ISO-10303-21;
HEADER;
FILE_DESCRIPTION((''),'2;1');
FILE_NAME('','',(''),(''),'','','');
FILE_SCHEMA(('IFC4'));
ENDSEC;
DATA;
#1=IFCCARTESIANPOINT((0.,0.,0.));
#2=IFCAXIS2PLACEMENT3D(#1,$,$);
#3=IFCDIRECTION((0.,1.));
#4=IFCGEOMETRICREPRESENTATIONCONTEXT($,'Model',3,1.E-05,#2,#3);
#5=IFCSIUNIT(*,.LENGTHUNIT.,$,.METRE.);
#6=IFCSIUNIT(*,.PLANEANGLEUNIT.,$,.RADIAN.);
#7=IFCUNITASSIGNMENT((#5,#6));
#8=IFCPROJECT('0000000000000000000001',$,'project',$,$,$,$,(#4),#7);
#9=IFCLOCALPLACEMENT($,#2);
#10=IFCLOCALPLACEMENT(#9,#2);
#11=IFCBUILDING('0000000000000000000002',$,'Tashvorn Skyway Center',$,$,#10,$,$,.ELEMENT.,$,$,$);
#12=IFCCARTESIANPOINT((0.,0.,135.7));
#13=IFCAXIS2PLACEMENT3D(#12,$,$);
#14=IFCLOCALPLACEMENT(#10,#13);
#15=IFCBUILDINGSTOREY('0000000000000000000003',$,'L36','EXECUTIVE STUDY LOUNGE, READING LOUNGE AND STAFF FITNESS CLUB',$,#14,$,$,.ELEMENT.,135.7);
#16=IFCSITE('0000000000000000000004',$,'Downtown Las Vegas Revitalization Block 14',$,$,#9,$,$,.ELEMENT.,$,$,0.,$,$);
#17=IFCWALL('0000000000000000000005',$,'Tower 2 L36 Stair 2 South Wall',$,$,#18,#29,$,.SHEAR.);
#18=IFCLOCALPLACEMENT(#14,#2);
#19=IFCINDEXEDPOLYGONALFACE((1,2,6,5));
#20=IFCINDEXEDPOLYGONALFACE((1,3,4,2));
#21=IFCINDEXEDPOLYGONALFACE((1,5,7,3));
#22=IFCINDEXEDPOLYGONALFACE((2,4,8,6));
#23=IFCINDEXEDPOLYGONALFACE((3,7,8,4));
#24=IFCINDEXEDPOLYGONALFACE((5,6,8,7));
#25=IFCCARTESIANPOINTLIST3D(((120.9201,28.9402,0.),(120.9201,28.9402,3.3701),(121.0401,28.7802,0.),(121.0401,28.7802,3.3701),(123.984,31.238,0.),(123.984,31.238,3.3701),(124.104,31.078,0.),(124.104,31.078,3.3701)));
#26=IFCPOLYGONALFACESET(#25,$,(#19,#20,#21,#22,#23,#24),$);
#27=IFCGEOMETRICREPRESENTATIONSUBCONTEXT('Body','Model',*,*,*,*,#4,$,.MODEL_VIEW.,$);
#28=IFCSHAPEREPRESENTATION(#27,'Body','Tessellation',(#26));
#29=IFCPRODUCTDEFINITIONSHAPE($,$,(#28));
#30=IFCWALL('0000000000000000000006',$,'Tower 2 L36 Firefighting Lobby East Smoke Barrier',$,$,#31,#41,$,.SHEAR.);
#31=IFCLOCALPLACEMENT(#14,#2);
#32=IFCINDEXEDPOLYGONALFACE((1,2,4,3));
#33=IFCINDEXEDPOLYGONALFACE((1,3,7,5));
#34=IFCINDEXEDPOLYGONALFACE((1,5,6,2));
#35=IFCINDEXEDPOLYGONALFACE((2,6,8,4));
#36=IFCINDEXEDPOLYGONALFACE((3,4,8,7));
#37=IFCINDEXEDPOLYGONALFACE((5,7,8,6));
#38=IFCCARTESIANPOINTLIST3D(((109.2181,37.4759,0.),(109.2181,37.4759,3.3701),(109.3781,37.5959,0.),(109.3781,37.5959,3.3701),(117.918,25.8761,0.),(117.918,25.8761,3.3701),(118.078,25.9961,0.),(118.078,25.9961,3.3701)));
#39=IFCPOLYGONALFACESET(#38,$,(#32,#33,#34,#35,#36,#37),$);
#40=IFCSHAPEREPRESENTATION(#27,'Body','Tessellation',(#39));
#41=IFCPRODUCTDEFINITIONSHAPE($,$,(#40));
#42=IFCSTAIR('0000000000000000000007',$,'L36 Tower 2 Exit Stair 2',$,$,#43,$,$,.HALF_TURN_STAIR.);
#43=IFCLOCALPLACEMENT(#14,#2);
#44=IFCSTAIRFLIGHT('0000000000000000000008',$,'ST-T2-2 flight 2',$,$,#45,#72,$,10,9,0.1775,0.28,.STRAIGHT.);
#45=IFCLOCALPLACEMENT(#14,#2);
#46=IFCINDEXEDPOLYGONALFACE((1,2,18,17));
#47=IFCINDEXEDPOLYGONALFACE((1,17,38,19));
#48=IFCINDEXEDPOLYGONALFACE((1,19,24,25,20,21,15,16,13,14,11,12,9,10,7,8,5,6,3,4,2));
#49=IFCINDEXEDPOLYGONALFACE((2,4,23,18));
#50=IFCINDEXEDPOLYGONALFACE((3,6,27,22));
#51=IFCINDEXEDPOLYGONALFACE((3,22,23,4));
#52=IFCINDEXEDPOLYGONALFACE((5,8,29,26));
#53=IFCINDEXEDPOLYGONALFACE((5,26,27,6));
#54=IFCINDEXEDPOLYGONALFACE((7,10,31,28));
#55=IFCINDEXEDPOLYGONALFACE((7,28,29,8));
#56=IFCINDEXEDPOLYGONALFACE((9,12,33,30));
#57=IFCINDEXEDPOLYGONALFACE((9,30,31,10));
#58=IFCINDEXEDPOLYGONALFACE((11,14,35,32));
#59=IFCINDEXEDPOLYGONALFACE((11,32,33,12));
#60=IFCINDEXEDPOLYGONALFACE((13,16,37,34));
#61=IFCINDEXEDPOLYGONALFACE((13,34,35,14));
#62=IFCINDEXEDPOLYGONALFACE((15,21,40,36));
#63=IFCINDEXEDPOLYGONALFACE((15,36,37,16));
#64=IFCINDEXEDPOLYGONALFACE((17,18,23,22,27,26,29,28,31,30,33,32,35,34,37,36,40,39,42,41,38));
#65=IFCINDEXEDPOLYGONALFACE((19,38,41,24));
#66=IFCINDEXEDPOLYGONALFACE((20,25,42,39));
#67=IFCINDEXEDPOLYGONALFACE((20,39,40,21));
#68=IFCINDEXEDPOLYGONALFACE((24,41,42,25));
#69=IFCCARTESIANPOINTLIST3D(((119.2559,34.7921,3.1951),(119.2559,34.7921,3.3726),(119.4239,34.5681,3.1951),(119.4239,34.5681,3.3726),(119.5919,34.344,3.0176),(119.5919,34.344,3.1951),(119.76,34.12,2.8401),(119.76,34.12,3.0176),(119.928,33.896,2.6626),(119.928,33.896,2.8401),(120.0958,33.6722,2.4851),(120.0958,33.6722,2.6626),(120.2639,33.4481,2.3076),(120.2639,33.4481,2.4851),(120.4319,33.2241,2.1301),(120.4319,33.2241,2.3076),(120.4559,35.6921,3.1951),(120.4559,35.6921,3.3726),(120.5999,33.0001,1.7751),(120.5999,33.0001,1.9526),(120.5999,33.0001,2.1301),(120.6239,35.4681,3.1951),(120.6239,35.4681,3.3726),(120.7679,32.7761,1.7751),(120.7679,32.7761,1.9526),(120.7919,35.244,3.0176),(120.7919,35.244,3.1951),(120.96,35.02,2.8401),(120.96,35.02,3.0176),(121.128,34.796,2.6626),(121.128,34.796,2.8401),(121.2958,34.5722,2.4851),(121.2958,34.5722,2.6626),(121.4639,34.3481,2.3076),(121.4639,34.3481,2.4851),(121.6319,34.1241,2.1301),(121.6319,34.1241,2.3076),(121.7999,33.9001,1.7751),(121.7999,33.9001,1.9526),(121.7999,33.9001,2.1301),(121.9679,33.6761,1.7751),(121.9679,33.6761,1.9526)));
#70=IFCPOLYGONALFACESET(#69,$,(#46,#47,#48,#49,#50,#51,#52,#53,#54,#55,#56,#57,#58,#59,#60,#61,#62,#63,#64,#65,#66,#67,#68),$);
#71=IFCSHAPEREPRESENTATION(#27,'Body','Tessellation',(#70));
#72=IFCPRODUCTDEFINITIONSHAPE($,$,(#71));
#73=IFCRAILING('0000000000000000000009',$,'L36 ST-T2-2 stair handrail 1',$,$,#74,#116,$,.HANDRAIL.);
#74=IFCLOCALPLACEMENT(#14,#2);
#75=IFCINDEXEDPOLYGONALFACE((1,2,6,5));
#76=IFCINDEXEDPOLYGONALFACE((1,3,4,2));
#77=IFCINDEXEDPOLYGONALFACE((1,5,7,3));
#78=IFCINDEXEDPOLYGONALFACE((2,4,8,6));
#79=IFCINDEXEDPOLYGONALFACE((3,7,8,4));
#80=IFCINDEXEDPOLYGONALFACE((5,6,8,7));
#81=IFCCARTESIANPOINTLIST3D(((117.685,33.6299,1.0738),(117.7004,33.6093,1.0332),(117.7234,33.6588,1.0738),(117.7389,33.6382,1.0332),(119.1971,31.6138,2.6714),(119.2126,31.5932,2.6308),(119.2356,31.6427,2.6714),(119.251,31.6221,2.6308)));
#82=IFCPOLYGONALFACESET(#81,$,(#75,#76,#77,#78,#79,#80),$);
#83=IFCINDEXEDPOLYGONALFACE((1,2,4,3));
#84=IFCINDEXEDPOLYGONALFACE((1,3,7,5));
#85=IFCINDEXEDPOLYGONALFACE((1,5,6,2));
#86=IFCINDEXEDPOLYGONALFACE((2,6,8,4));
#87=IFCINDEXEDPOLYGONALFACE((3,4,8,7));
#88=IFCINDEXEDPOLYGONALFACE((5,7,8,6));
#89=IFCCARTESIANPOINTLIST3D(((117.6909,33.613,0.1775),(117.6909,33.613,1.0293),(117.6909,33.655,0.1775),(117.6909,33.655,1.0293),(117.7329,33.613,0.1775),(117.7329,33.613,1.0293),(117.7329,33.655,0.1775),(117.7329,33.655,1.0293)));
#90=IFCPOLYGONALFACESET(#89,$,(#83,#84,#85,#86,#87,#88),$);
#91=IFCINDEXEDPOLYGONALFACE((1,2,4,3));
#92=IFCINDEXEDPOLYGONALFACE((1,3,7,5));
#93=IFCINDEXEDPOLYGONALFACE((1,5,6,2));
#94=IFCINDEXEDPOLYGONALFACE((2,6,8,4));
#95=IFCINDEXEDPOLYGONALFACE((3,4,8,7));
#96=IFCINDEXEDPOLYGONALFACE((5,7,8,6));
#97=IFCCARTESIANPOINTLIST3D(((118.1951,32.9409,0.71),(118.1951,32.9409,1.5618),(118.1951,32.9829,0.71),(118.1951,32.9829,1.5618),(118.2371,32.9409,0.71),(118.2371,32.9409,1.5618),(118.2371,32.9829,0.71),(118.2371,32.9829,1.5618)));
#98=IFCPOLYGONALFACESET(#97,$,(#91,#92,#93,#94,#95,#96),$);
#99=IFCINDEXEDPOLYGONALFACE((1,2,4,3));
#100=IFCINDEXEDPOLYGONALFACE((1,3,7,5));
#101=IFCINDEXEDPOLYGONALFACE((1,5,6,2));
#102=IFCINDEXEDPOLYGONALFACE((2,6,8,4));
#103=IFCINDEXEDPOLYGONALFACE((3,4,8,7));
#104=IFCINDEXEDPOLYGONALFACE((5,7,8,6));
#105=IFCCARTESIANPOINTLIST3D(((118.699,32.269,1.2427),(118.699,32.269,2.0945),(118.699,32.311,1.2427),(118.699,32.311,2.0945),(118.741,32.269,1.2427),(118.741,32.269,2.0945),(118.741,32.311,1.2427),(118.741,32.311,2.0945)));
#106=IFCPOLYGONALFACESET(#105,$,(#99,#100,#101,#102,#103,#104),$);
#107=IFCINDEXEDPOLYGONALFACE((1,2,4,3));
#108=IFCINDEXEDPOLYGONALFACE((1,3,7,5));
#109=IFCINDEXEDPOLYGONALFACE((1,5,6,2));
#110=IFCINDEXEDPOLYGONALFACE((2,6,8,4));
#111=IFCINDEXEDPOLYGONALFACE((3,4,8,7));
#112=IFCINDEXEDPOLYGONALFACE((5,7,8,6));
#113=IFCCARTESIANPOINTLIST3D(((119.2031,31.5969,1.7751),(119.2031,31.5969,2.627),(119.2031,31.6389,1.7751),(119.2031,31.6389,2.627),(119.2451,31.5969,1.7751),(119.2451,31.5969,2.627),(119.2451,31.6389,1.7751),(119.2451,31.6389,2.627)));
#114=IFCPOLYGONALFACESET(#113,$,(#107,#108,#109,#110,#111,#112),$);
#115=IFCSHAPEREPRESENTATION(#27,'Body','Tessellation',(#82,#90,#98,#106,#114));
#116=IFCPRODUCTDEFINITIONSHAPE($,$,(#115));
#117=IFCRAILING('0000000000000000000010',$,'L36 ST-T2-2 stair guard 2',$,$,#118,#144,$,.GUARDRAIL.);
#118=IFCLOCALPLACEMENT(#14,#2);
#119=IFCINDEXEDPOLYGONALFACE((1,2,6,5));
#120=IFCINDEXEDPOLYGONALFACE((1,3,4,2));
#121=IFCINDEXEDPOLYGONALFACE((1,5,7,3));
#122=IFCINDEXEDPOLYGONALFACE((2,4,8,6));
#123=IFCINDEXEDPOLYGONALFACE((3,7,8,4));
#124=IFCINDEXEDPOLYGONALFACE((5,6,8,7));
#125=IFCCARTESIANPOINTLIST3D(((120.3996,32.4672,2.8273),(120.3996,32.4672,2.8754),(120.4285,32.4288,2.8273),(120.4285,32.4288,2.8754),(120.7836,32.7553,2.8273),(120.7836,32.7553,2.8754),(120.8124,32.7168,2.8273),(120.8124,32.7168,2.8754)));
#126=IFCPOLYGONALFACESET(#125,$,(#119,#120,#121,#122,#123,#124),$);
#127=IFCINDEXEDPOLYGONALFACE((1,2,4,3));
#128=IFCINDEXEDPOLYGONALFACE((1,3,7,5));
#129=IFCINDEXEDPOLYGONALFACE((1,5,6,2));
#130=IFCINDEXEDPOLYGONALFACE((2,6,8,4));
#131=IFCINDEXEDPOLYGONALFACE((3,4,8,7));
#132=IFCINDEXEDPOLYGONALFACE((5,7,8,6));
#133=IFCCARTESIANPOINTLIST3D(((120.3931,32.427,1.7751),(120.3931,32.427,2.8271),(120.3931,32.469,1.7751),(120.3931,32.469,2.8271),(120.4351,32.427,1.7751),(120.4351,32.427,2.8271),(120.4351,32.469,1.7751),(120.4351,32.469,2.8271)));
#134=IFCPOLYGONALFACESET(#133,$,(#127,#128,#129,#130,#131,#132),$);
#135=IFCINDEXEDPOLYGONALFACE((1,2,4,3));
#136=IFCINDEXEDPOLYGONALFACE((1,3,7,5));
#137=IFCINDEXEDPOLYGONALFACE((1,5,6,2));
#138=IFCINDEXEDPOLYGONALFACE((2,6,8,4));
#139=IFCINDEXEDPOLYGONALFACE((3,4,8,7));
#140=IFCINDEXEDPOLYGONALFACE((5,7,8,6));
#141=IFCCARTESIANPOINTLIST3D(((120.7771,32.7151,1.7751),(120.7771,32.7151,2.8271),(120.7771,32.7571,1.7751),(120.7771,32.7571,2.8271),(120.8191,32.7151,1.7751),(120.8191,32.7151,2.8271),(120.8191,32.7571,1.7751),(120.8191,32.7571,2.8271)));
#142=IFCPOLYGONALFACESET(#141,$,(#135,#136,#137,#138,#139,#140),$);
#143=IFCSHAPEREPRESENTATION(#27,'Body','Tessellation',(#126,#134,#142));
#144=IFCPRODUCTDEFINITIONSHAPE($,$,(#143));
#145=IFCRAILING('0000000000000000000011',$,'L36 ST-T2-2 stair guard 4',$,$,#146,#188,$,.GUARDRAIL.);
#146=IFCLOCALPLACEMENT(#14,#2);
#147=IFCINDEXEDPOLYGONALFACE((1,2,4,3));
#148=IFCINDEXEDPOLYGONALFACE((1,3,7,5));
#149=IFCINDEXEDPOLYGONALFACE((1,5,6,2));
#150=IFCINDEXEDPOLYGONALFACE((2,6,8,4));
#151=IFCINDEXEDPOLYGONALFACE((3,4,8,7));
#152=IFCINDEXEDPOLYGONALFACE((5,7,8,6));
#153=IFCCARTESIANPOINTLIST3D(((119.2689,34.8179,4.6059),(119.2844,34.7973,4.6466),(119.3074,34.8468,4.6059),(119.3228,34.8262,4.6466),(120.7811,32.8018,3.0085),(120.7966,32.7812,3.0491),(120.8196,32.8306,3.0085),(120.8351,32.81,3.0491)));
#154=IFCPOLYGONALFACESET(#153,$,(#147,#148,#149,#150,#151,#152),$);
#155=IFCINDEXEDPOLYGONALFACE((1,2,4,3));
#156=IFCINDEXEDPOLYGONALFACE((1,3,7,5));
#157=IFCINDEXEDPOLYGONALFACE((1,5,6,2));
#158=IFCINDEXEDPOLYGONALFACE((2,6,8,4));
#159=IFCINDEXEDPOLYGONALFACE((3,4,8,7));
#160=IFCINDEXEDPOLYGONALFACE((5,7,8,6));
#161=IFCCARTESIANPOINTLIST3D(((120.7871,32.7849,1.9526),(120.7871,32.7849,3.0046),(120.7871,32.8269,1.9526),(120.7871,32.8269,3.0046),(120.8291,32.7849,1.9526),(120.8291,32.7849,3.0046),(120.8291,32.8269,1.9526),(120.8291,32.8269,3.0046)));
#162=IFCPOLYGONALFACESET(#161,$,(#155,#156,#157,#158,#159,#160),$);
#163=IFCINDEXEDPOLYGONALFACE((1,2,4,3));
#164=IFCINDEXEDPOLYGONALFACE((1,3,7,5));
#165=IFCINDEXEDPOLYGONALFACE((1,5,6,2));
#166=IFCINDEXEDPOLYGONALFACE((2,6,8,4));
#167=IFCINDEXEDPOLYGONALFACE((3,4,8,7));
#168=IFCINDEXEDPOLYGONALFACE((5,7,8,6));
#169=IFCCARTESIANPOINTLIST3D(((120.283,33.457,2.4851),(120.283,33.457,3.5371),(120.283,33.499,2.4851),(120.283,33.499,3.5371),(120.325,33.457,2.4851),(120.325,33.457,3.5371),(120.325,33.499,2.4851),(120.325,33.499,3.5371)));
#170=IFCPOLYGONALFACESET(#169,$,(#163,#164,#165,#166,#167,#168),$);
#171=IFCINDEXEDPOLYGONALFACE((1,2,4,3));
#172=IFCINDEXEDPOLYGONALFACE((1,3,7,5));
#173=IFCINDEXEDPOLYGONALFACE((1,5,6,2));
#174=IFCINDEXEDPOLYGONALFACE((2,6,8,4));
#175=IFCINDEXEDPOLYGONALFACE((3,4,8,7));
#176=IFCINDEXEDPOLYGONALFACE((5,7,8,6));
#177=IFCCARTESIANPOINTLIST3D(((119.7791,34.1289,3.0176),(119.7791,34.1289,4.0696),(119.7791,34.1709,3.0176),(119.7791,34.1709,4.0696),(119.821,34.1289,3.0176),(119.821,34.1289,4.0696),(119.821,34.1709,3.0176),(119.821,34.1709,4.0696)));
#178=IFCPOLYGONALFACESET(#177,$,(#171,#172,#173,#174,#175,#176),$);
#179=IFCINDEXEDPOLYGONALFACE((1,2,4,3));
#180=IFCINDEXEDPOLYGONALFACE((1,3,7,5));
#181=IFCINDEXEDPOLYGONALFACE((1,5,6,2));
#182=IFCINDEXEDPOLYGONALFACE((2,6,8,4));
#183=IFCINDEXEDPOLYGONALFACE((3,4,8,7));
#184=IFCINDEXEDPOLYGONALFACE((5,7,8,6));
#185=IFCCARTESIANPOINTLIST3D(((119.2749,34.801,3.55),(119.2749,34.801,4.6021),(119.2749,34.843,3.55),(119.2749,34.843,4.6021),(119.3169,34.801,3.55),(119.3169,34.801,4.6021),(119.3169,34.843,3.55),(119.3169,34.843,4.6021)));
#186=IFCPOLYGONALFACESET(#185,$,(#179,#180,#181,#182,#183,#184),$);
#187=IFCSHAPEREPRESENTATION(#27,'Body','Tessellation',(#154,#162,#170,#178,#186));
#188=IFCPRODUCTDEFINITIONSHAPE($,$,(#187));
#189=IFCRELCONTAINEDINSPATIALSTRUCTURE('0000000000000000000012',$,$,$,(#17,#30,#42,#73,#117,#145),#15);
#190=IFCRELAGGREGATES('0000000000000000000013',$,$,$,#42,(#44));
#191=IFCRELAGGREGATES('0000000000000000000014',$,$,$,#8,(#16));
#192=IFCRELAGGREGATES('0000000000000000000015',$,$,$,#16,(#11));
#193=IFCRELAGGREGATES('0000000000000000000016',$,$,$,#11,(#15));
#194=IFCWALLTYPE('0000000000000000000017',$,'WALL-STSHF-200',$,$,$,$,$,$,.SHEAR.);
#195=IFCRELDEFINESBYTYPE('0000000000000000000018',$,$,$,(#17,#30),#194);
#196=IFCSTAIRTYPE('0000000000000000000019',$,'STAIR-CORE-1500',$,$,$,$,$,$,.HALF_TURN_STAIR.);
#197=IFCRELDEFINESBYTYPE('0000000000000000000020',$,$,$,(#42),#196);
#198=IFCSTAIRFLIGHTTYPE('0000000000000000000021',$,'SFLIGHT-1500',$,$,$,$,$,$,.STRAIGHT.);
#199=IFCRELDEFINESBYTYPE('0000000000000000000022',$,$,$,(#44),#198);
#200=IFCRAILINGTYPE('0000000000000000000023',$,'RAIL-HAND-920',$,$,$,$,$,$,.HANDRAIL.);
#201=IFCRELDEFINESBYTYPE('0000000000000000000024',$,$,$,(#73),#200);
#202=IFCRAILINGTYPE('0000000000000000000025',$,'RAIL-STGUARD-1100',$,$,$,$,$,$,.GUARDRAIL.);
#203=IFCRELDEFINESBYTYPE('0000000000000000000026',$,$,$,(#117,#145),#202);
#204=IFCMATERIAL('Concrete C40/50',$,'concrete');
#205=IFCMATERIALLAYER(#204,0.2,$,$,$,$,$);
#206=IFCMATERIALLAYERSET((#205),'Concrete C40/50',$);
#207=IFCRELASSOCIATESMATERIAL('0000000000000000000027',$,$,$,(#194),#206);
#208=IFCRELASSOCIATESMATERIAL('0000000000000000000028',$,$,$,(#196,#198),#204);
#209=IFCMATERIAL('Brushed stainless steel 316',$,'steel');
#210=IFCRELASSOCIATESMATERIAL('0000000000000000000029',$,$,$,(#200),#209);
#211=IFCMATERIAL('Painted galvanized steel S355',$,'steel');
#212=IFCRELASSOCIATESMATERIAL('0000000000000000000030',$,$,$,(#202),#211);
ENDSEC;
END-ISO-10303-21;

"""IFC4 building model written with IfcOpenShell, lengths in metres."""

from ifc_helpers import new_model, si_unit, direction, frame, frame_2d, origin, origin_2d, place, context, subcontext, project, spatial, polyline, rectangle, outline, extrude, material, layer, layer_set, type_object, element, aggregate, save


model = new_model("IFC4")

# Units and contexts
model_context = context("Model", 3, precision=1e-05, world=origin(), true_north=direction((0.0, 1.0)))
body_context = subcontext(model_context, "Body", "Model", "MODEL_VIEW")
ifc_project = project(units=[si_unit("LENGTHUNIT", "METRE"), si_unit("PLANEANGLEUNIT", "RADIAN")], contexts=[model_context])

# Site, building, storey
site_placement = place(None, origin())
site = spatial("IfcSite", under=ifc_project, at=site_placement, Name="Downtown Las Vegas Revitalization Block 14", CompositionType="ELEMENT", RefElevation=0.0)
building_placement = place(site_placement, origin())
building = spatial("IfcBuilding", under=site, at=building_placement, Name="Tashvorn Skyway Center", CompositionType="ELEMENT")
storey_placement = place(building_placement, frame((0.0, 0.0, 135.7)))
storey = spatial("IfcBuildingStorey", under=building, at=storey_placement, Name="L36", Description="EXECUTIVE STUDY LOUNGE, READING LOUNGE AND STAFF FITNESS CLUB", CompositionType="ELEMENT", Elevation=135.7)

# Shared definitions
ifc_material_1 = material(Name="Concrete C40/50", Category="concrete")

# Walls
ifc_layer_1 = layer(ifc_material_1, 0.2)
ifc_layer_set_1 = layer_set([ifc_layer_1], Name="Concrete C40/50")
wall_type_1 = type_object("IfcWallType", Name="WALL-STSHF-200", PredefinedType="SHEAR", material=ifc_layer_set_1)
wall_1_placement = place(storey_placement, frame((120.98, 28.8601, 0.0), z_axis=(0.0, 0.0, 1.0), x_axis=(0.800015, 0.59998, 0.0)))
element("IfcWall", 1, at=wall_1_placement, inside=storey, type_object=wall_type_1, Name="Tower 2 L36 Stair 2 South Wall", PredefinedType="SHEAR", context=body_context, shape_type="SweptSolid", body=[
    extrude(rectangle(XDim=3.8298, YDim=0.2, at=frame_2d((1.915, 0.0))), origin(), (0.0, 0.0, 1.0), 3.3701),
])
wall_2_placement = place(storey_placement, frame((117.998, 25.936, 0.0), z_axis=(0.0, 0.0, 1.0), x_axis=(-0.600003, 0.799998, 0.0)))
element("IfcWall", 2, at=wall_2_placement, inside=storey, type_object=wall_type_1, Name="Tower 2 L36 Firefighting Lobby East Smoke Barrier", PredefinedType="SHEAR", context=body_context, shape_type="SweptSolid", body=[
    extrude(rectangle(XDim=14.4998, YDim=0.2, at=frame_2d((7.25, 0.0))), origin(), (0.0, 0.0, 1.0), 3.3701),
])

# Stair, stair flight
stair_type = type_object("IfcStairType", Name="STAIR-CORE-1500", PredefinedType="HALF_TURN_STAIR", material=ifc_material_1)
stair_placement = place(storey_placement, origin())
stair = element("IfcStair", 3, at=stair_placement, inside=storey, type_object=stair_type, Name="L36 Tower 2 Exit Stair 2", PredefinedType="HALF_TURN_STAIR")
stair_flight_type = type_object("IfcStairFlightType", Name="SFLIGHT-1500", PredefinedType="STRAIGHT", material=ifc_material_1)
stair_flight_placement = place(storey_placement, frame((121.3679, 33.2261, 1.7751), z_axis=(0.0, 0.0, 1.0), x_axis=(-0.6, 0.8, 0.0)))
stair_flight = element("IfcStairFlight", 4, at=stair_flight_placement, type_object=stair_flight_type, Name="ST-T2-2 flight 2", NumberOfRisers=10, NumberOfTreads=9, PredefinedType="STRAIGHT", RiserHeight=0.1775, TreadLength=0.28, context=body_context, shape_type="SweptSolid", body=[
    extrude(outline(polyline([(0.0, 0.0), (0.0, 0.1775), (0.28, 0.1775), (0.28, 0.355), (0.5601, 0.355), (0.5601, 0.5325), (0.8401, 0.5325), (0.8401, 0.71), (1.1201, 0.71), (1.1201, 0.8875), (1.3999, 0.8875), (1.3999, 1.0649), (1.6799, 1.0649), (1.6799, 1.2424), (1.96, 1.2424), (1.96, 1.4199), (2.24, 1.4199), (2.24, 1.5974), (2.52, 1.5974), (2.52, 1.7749), (2.52, 1.4199), (0.28, 0.0), (0.0, 0.0)])), frame((0.0, 0.75, 0.0), z_axis=(0.0, -1.0, 0.0), x_axis=(1.0, 0.0, 0.0)), (0.0, 0.0, 1.0), 1.5),
])
aggregate(stair, [stair_flight])

# Railings
ifc_material_2 = material(Name="Brushed stainless steel 316", Category="steel")
railing_type_1 = type_object("IfcRailingType", Name="RAIL-HAND-920", PredefinedType="HANDRAIL", material=ifc_material_2)
railing_1_placement = place(storey_placement, frame((117.7119, 33.634, 0.1775)))
element("IfcRailing", 5, at=railing_1_placement, inside=storey, type_object=railing_type_1, Name="L36 ST-T2-2 stair handrail 1", PredefinedType="HANDRAIL", context=body_context, shape_type="SweptSolid", body=[
    extrude(rectangle(XDim=0.0481, YDim=0.0481, at=origin_2d()), frame((0.0, 0.0, 0.876), z_axis=(0.506779, -0.675651, 0.535416), x_axis=(0.799977, 0.600031, 0.0)), (0.0, 0.0, 1.0), 2.9839),
    extrude(rectangle(XDim=0.042, YDim=0.042, at=origin_2d()), origin(), (0.0, 0.0, 1.0), 0.8518),
    extrude(rectangle(XDim=0.042, YDim=0.042, at=origin_2d()), frame((0.5042, -0.6721, 0.5325)), (0.0, 0.0, 1.0), 0.8518),
    extrude(rectangle(XDim=0.042, YDim=0.042, at=origin_2d()), frame((1.0081, -1.344, 1.0652)), (0.0, 0.0, 1.0), 0.8518),
    extrude(rectangle(XDim=0.042, YDim=0.042, at=origin_2d()), frame((1.5122, -2.0161, 1.5977)), (0.0, 0.0, 1.0), 0.8518),
])
ifc_material_3 = material(Name="Painted galvanized steel S355", Category="steel")
railing_type_2 = type_object("IfcRailingType", Name="RAIL-STGUARD-1100", PredefinedType="GUARDRAIL", material=ifc_material_3)
railing_2_placement = place(storey_placement, frame((120.4141, 32.448, 1.7751)))
element("IfcRailing", 6, at=railing_2_placement, inside=storey, type_object=railing_type_2, Name="L36 ST-T2-2 stair guard 2", PredefinedType="GUARDRAIL", context=body_context, shape_type="SweptSolid", body=[
    extrude(rectangle(XDim=0.0481, YDim=0.0481, at=origin_2d()), frame((0.0, 0.0, 1.0762), z_axis=(0.799939, 0.600081, 0.0), x_axis=(-0.600081, 0.799939, 0.0)), (0.0, 0.0, 1.0), 0.48),
    extrude(rectangle(XDim=0.042, YDim=0.042, at=origin_2d()), origin(), (0.0, 0.0, 1.0), 1.052),
    extrude(rectangle(XDim=0.042, YDim=0.042, at=origin_2d()), frame((0.384, 0.2881, 0.0)), (0.0, 0.0, 1.0), 1.052),
])
railing_3_placement = place(storey_placement, frame((120.8081, 32.8059, 1.9526)))
element("IfcRailing", 7, at=railing_3_placement, inside=storey, type_object=railing_type_2, Name="L36 ST-T2-2 stair guard 4", PredefinedType="GUARDRAIL", context=body_context, shape_type="SweptSolid", body=[
    extrude(rectangle(XDim=0.0481, YDim=0.0481, at=origin_2d()), frame((0.0, 0.0, 1.0762), z_axis=(-0.506802, 0.675681, 0.535357), x_axis=(-0.799977, -0.600031, 0.0)), (0.0, 0.0, 1.0), 2.9839),
    extrude(rectangle(XDim=0.042, YDim=0.042, at=origin_2d()), origin(), (0.0, 0.0, 1.0), 1.052),
    extrude(rectangle(XDim=0.042, YDim=0.042, at=origin_2d()), frame((-0.5042, 0.6721, 0.5325)), (0.0, 0.0, 1.0), 1.052),
    extrude(rectangle(XDim=0.042, YDim=0.042, at=origin_2d()), frame((-1.0081, 1.344, 1.0649)), (0.0, 0.0, 1.0), 1.052),
    extrude(rectangle(XDim=0.042, YDim=0.042, at=origin_2d()), frame((-1.5122, 2.0161, 1.5974)), (0.0, 0.0, 1.0), 1.052),
])

save(model, "model.ifc")
